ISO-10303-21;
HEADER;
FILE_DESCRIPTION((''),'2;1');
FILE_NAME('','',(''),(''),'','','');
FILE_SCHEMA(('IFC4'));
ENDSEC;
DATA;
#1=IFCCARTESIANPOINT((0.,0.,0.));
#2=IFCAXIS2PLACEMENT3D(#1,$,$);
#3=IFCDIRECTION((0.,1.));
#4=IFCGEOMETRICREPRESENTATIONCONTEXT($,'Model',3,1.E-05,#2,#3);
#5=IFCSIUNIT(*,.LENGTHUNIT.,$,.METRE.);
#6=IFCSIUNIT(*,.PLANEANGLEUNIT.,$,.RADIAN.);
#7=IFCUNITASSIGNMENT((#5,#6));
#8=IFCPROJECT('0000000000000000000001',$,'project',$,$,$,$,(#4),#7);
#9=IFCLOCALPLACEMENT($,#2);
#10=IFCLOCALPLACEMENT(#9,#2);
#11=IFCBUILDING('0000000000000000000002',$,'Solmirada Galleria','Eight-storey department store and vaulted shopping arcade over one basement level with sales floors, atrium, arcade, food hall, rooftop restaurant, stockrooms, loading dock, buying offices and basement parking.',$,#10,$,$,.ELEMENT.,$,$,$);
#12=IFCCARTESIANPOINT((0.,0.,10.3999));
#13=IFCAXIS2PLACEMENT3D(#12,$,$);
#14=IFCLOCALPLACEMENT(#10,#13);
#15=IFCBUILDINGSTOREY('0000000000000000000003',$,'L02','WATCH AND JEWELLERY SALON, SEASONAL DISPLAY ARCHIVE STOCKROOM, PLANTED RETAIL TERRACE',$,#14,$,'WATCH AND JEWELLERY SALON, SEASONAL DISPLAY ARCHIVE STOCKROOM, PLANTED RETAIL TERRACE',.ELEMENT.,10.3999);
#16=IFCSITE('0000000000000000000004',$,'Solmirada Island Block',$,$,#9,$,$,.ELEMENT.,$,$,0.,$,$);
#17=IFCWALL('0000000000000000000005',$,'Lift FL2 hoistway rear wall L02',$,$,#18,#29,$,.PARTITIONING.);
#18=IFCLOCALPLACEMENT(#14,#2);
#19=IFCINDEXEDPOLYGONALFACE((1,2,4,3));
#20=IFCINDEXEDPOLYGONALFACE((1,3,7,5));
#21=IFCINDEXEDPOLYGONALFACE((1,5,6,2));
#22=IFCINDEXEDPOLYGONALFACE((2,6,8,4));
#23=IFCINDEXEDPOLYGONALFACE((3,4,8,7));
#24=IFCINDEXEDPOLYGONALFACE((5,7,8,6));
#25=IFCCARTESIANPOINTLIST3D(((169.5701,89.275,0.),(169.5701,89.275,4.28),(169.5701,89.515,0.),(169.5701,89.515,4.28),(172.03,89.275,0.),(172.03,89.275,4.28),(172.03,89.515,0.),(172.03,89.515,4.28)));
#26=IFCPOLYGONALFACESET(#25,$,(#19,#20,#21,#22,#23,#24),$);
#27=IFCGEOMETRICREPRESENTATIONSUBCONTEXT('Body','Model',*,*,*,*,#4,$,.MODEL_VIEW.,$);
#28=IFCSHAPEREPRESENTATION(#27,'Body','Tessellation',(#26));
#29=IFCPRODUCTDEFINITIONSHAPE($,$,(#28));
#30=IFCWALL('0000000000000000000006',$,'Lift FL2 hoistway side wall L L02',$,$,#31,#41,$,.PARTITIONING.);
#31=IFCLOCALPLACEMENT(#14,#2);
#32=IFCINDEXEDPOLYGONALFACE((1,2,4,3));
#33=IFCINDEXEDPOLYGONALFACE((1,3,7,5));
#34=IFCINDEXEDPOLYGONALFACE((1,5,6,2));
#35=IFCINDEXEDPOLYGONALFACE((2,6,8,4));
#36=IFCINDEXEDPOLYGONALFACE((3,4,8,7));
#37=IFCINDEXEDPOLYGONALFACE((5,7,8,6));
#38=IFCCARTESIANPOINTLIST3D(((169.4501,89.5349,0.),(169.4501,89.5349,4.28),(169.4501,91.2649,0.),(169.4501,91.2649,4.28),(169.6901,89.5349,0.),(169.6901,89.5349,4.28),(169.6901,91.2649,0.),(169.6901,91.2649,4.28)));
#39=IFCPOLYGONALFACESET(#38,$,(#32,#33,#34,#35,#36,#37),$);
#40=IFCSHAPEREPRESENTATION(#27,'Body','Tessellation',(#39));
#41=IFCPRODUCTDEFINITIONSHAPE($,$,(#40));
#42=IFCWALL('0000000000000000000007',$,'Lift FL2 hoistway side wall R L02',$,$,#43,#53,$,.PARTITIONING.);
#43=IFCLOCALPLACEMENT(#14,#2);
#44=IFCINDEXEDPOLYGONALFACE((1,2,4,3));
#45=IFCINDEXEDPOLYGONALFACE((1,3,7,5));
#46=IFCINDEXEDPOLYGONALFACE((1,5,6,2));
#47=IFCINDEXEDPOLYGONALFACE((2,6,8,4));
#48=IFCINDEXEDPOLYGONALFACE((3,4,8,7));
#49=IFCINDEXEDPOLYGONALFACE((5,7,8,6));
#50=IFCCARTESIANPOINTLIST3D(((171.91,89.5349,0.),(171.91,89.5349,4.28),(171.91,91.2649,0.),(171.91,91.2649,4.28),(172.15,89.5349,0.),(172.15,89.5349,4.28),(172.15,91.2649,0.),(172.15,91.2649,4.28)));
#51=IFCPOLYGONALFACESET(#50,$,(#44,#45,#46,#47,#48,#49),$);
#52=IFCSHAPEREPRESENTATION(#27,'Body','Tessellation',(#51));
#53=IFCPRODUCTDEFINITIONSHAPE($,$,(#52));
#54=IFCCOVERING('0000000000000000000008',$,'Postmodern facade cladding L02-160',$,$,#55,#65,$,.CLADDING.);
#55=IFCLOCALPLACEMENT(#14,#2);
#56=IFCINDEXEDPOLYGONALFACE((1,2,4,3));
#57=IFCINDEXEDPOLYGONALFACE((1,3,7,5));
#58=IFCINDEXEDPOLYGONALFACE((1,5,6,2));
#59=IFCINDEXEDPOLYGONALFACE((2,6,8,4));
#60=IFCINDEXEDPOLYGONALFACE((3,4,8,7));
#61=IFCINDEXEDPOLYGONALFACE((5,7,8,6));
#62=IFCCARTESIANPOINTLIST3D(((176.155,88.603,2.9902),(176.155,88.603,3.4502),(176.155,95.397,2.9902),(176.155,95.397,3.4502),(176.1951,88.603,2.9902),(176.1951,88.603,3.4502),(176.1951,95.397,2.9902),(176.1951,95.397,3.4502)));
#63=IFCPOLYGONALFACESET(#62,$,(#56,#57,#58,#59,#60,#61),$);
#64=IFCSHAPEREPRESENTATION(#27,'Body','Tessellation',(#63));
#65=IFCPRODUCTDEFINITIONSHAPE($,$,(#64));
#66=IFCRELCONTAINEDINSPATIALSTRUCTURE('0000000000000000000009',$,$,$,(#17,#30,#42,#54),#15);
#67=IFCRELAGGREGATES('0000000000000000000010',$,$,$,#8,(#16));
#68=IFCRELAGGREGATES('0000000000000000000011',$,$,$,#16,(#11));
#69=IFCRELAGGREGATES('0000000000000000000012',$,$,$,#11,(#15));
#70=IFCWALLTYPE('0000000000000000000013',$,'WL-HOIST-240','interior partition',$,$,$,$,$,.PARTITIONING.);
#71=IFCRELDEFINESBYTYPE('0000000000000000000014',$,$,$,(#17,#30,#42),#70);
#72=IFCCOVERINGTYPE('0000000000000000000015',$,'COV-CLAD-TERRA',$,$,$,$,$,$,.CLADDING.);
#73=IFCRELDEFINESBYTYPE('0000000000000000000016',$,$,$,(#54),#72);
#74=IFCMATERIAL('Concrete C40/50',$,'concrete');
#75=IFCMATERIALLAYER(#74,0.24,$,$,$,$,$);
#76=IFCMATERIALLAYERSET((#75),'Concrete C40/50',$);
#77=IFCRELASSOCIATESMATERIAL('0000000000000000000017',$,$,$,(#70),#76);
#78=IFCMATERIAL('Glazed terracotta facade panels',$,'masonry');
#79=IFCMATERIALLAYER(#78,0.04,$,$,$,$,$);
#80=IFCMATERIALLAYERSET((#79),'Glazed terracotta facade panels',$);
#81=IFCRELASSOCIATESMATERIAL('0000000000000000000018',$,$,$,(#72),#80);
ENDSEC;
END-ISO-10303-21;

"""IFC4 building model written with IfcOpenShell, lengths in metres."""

from ifc_helpers import new_model, si_unit, direction, frame, frame_2d, origin, origin_2d, place, context, subcontext, project, spatial, rectangle, extrude, material, layer, layer_set, type_object, element, save


model = new_model("IFC4")

# Units and contexts
model_context = context("Model", 3, precision=1e-05, world=origin(), true_north=direction((0.0, 1.0)))
body_context = subcontext(model_context, "Body", "Model", "MODEL_VIEW")
ifc_project = project(units=[si_unit("LENGTHUNIT", "METRE"), si_unit("PLANEANGLEUNIT", "RADIAN")], contexts=[model_context])

# Site, building, storey
site_placement = place(None, origin())
site = spatial("IfcSite", under=ifc_project, at=site_placement, Name="Solmirada Island Block", CompositionType="ELEMENT", RefElevation=0.0)
building_placement = place(site_placement, origin())
building = spatial("IfcBuilding", under=site, at=building_placement, Name="Solmirada Galleria", Description="Eight-storey department store and vaulted shopping arcade over one basement level with sales floors, atrium, arcade, food hall, rooftop restaurant, stockrooms, loading dock, buying offices and basement parking.", CompositionType="ELEMENT")
storey_placement = place(building_placement, frame((0.0, 0.0, 10.3999)))
storey = spatial("IfcBuildingStorey", under=building, at=storey_placement, Name="L02", Description="WATCH AND JEWELLERY SALON, SEASONAL DISPLAY ARCHIVE STOCKROOM, PLANTED RETAIL TERRACE", LongName="WATCH AND JEWELLERY SALON, SEASONAL DISPLAY ARCHIVE STOCKROOM, PLANTED RETAIL TERRACE", CompositionType="ELEMENT", Elevation=10.3999)

# Shared definitions
ifc_material_1 = material(Name="Concrete C40/50", Category="concrete")
ifc_layer_1 = layer(ifc_material_1, 0.24)
ifc_layer_set_1 = layer_set([ifc_layer_1], Name="Concrete C40/50")
wall_type_1 = type_object("IfcWallType", Name="WL-HOIST-240", Description="interior partition", PredefinedType="PARTITIONING", material=ifc_layer_set_1)

# Walls
wall_1_placement = place(storey_placement, frame((169.5701, 89.395, 0.0), z_axis=(0.0, 0.0, 1.0), x_axis=(1.0, 0.0, 0.0)))
element("IfcWall", 1, at=wall_1_placement, inside=storey, type_object=wall_type_1, Name="Lift FL2 hoistway rear wall L02", PredefinedType="PARTITIONING", context=body_context, shape_type="SweptSolid", body=[
    extrude(rectangle(XDim=2.46, YDim=0.24, at=frame_2d((1.23, 0.0))), origin(), (0.0, 0.0, 1.0), 4.28),
])
for number, where, z_axis, x_axis, name in (
    (2, (169.5701, 89.5349, 0.0), (0.0, 0.0, 1.0), (0.0, 1.0, 0.0), "Lift FL2 hoistway side wall L L02"),
    (3, (172.03, 89.5349, 0.0), (0.0, 0.0, 1.0), (0.0, 1.0, 0.0), "Lift FL2 hoistway side wall R L02"),
):
    element("IfcWall", number, at=place(storey_placement, frame(where, z_axis=z_axis, x_axis=x_axis)), inside=storey, type_object=wall_type_1, Name=name, PredefinedType="PARTITIONING", context=body_context, shape_type="SweptSolid", body=[
        extrude(rectangle(XDim=1.73, YDim=0.24, at=frame_2d((0.865, 0.0))), origin(), (0.0, 0.0, 1.0), 4.28),
    ])

# Covering
ifc_material_2 = material(Name="Glazed terracotta facade panels", Category="masonry")
ifc_layer_2 = layer(ifc_material_2, 0.04)
ifc_layer_set_2 = layer_set([ifc_layer_2], Name="Glazed terracotta facade panels")
covering_type = type_object("IfcCoveringType", Name="COV-CLAD-TERRA", PredefinedType="CLADDING", material=ifc_layer_set_2)
covering_placement = place(storey_placement, frame((176.175, 92.0, 2.9902), z_axis=(0.0, 0.0, 1.0), x_axis=(0.0, -1.0, 0.0)))
element("IfcCovering", 4, at=covering_placement, inside=storey, type_object=covering_type, Name="Postmodern facade cladding L02-160", PredefinedType="CLADDING", context=body_context, shape_type="SweptSolid", body=[
    extrude(rectangle(XDim=6.7939, YDim=0.04, at=origin_2d()), origin(), (0.0, 0.0, 1.0), 0.46),
])

save(model, "model.ifc")
